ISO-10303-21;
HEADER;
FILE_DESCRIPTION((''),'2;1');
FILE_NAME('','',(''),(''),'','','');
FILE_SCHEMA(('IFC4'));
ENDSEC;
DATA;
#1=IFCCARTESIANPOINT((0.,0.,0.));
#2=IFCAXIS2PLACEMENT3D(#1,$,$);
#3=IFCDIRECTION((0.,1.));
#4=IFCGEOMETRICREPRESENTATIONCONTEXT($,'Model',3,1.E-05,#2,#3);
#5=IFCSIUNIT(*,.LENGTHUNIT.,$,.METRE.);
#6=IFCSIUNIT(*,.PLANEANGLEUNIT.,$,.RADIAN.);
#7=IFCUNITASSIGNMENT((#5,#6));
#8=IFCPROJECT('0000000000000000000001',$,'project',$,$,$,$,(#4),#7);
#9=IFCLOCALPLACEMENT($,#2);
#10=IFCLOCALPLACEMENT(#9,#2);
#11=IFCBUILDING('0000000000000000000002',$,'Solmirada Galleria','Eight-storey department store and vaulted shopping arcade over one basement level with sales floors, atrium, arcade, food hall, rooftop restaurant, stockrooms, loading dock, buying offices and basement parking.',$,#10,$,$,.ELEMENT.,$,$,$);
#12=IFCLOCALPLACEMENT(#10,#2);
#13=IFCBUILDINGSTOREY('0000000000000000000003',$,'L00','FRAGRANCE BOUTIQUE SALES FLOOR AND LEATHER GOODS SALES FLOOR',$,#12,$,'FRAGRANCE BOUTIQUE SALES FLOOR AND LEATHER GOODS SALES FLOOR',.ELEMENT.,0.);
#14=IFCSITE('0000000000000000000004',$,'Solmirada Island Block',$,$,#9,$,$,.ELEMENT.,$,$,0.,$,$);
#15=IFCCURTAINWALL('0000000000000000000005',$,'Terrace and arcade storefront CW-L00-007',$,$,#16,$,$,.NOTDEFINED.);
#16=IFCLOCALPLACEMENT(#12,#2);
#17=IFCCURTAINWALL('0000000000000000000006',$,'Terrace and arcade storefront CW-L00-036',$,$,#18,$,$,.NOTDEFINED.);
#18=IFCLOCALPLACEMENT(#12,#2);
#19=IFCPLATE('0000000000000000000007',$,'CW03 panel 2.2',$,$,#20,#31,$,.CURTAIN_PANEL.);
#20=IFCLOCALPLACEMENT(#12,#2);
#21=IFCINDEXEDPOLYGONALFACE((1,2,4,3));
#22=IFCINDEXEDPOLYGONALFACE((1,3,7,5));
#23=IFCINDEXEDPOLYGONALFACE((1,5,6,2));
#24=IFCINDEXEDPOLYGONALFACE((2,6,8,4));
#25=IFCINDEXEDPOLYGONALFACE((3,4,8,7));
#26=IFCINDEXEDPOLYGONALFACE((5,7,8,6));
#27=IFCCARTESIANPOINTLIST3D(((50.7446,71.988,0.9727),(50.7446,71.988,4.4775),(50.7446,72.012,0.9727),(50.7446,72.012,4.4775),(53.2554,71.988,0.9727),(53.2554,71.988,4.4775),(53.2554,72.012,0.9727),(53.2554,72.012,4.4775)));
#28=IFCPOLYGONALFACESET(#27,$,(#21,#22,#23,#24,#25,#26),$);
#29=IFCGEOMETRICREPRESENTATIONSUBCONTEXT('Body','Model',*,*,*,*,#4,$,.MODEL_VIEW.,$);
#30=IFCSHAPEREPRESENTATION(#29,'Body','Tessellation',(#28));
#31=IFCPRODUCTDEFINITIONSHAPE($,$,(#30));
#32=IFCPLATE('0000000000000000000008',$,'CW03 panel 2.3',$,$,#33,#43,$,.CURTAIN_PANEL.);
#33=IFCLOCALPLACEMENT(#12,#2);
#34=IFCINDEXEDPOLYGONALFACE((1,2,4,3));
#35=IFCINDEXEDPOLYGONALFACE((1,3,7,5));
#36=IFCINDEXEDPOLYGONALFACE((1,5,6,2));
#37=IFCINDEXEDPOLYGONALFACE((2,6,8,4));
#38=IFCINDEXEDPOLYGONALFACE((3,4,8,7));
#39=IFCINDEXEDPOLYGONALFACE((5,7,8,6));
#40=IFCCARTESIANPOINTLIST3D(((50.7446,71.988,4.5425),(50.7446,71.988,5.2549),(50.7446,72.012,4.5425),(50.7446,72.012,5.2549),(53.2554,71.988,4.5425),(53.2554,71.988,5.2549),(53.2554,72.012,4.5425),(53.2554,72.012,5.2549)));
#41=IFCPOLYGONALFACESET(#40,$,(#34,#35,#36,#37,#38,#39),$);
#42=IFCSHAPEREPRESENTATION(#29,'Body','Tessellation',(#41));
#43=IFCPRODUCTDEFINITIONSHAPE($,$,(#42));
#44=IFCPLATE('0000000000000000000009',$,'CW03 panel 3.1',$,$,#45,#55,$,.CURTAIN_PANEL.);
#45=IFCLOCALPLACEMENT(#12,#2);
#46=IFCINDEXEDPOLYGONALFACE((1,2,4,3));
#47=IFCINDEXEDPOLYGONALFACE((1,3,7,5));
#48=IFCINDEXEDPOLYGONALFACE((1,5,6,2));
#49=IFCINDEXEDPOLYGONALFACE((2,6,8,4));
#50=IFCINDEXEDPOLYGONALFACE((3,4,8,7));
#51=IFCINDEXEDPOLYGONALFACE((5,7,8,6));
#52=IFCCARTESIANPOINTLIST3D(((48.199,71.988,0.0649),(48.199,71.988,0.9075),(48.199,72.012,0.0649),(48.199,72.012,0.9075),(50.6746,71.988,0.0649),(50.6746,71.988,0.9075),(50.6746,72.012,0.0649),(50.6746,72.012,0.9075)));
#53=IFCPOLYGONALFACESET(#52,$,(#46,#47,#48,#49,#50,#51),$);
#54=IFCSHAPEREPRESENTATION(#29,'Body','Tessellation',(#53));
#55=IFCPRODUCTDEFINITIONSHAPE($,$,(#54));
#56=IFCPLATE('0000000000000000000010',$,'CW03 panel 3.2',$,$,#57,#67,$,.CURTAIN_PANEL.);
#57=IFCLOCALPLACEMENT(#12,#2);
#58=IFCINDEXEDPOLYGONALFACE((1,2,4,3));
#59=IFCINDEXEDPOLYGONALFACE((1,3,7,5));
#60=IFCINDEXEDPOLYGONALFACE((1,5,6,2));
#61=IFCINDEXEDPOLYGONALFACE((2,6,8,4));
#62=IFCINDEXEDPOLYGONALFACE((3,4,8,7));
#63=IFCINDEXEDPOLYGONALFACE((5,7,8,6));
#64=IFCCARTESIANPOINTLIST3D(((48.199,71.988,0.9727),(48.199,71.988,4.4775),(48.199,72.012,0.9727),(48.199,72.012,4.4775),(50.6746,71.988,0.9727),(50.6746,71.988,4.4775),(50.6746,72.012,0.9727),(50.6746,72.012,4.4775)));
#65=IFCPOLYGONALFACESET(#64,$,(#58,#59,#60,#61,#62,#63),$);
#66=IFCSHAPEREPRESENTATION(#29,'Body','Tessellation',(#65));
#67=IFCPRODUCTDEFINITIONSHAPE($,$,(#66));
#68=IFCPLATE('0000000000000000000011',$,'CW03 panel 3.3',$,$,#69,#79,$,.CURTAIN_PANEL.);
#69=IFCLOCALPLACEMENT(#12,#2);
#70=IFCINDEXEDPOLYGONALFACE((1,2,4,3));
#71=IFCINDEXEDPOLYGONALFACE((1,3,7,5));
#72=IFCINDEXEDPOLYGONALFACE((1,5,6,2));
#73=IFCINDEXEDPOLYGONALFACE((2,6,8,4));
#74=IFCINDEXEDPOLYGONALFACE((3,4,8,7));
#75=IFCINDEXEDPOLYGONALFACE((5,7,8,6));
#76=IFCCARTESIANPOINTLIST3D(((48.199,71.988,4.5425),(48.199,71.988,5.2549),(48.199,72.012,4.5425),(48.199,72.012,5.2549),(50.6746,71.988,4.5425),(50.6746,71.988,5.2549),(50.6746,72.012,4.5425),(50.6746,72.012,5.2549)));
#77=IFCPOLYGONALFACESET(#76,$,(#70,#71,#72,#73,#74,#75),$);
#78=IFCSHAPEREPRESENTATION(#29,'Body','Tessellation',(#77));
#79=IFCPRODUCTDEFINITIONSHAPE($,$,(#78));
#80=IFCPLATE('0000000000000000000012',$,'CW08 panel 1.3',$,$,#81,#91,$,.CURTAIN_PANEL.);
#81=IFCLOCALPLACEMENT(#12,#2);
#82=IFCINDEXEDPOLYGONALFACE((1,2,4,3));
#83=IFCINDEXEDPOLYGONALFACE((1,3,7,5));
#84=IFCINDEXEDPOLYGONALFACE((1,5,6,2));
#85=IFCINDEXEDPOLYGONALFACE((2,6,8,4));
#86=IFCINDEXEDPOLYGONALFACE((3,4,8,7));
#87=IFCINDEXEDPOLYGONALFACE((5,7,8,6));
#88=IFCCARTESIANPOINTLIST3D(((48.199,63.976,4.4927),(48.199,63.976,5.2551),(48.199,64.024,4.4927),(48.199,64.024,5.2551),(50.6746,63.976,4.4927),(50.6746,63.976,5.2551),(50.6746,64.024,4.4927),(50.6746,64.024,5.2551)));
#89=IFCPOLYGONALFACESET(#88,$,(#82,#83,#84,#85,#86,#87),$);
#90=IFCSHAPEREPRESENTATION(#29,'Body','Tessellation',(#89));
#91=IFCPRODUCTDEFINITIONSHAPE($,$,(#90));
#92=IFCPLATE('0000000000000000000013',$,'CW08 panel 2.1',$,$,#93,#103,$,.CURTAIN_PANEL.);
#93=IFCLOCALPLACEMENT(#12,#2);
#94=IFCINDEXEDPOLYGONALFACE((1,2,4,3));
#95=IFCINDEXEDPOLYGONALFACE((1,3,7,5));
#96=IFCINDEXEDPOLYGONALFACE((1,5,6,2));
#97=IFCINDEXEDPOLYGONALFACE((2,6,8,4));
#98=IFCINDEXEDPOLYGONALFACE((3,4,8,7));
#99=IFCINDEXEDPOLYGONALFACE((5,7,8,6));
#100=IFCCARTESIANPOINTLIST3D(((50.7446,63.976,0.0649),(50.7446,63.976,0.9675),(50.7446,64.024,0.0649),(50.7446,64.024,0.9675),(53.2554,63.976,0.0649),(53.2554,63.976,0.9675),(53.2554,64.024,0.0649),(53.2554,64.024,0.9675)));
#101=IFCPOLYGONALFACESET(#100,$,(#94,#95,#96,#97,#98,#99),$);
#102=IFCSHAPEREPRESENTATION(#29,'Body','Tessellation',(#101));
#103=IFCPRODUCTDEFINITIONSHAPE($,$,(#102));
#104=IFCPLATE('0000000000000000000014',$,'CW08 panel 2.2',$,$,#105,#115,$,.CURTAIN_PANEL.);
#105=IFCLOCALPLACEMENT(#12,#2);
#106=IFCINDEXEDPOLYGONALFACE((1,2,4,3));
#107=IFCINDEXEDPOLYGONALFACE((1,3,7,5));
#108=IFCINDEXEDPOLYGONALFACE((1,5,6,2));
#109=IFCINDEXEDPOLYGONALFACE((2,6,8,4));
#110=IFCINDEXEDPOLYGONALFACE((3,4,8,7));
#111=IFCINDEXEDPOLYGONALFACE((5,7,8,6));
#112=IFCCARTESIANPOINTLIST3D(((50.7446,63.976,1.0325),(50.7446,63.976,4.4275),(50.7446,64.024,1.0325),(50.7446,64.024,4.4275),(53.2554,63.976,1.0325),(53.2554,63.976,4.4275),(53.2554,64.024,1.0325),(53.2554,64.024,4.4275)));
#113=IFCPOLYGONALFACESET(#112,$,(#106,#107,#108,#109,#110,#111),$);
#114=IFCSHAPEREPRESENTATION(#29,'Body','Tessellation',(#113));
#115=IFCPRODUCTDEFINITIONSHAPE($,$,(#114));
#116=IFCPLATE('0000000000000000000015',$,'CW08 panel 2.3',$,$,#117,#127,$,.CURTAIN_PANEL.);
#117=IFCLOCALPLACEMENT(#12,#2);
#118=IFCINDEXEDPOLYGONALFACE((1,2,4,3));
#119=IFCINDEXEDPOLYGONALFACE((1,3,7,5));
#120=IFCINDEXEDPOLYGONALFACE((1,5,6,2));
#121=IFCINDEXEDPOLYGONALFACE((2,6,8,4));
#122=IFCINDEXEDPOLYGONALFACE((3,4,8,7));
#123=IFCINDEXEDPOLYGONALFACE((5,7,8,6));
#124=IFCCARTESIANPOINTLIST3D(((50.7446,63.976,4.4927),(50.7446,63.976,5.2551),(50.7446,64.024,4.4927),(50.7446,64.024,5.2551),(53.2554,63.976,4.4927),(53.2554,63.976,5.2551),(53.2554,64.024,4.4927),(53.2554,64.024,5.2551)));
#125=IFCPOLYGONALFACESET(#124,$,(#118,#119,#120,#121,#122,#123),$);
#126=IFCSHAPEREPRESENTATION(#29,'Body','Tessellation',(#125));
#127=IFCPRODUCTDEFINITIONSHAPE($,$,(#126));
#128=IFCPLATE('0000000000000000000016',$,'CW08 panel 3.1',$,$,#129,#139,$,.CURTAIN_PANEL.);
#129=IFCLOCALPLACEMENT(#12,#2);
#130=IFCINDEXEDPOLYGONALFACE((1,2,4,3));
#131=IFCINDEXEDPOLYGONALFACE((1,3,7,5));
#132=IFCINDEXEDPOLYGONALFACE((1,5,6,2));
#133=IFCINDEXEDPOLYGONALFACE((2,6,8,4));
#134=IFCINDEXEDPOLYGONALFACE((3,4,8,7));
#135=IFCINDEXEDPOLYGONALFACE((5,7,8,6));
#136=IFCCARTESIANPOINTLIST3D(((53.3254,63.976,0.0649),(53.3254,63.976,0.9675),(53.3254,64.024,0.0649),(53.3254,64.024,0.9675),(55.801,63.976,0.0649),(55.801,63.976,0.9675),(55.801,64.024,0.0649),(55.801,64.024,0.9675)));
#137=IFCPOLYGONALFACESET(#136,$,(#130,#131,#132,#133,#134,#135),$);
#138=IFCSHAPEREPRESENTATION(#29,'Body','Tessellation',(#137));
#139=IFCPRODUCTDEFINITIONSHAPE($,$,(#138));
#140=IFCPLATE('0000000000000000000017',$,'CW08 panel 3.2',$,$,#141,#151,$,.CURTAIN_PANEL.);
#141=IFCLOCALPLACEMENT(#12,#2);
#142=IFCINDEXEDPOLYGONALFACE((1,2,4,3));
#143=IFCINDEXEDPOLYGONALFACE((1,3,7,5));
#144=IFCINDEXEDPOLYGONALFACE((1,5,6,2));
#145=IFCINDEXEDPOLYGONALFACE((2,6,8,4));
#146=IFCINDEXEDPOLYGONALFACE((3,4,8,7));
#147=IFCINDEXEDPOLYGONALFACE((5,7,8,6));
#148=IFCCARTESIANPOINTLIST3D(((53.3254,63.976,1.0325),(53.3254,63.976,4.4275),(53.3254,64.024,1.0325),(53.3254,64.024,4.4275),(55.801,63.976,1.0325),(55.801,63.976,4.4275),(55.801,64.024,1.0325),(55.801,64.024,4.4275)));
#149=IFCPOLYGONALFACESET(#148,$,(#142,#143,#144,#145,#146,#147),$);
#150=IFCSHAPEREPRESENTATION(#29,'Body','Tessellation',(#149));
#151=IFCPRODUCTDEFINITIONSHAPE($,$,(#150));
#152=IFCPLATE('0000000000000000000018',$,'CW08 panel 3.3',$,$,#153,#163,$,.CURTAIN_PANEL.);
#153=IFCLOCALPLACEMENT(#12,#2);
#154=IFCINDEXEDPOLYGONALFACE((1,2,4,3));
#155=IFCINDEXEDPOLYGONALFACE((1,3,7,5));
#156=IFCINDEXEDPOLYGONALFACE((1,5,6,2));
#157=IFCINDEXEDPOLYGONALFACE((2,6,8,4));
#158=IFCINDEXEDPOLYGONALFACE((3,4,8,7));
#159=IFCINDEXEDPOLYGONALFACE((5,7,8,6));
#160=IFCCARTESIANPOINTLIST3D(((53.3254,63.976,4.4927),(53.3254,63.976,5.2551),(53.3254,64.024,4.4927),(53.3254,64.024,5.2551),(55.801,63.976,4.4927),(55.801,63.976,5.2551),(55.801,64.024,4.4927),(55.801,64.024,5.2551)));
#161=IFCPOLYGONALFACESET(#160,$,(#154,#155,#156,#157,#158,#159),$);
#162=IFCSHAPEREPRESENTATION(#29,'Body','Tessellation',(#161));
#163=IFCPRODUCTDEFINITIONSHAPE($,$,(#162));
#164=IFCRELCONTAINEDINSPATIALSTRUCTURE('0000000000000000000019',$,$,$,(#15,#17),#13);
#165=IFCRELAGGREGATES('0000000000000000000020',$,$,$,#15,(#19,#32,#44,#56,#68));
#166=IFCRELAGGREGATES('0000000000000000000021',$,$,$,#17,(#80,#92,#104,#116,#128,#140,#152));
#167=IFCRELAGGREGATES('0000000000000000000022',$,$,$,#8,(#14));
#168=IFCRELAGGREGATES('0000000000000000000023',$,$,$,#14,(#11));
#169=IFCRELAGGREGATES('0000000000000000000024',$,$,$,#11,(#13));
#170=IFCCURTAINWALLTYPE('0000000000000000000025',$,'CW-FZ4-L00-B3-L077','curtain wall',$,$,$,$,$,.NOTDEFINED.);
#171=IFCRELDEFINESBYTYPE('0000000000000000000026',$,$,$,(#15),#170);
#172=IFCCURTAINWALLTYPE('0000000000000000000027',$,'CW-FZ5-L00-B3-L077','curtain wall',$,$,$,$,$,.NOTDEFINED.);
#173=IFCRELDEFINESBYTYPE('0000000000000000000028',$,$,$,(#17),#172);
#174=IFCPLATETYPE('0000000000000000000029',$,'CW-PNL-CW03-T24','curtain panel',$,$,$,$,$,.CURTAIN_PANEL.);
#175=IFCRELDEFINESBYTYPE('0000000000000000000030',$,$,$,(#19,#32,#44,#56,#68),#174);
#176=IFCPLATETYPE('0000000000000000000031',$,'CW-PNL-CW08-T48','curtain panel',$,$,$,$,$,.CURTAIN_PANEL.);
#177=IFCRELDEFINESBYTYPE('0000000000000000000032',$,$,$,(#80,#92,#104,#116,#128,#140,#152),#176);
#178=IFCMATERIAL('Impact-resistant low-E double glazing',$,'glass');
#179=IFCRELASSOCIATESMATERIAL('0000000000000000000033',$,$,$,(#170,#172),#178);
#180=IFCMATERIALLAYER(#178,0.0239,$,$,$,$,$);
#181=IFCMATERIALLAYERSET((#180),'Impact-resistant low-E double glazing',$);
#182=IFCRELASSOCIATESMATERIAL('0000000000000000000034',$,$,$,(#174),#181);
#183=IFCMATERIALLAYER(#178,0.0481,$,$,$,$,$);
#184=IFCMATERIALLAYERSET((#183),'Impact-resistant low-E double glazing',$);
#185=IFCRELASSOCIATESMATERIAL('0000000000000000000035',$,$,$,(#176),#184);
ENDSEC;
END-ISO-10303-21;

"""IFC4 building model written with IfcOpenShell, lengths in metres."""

from ifc_helpers import new_model, si_unit, direction, frame, origin, origin_2d, place, context, subcontext, project, spatial, rectangle, extrude, material, layer, layer_set, type_object, element, aggregate, save


model = new_model("IFC4")

# Units and contexts
model_context = context("Model", 3, precision=1e-05, world=origin(), true_north=direction((0.0, 1.0)))
body_context = subcontext(model_context, "Body", "Model", "MODEL_VIEW")
ifc_project = project(units=[si_unit("LENGTHUNIT", "METRE"), si_unit("PLANEANGLEUNIT", "RADIAN")], contexts=[model_context])

# Site, building, storey
site_placement = place(None, origin())
site = spatial("IfcSite", under=ifc_project, at=site_placement, Name="Solmirada Island Block", CompositionType="ELEMENT", RefElevation=0.0)
building_placement = place(site_placement, origin())
building = spatial("IfcBuilding", under=site, at=building_placement, Name="Solmirada Galleria", Description="Eight-storey department store and vaulted shopping arcade over one basement level with sales floors, atrium, arcade, food hall, rooftop restaurant, stockrooms, loading dock, buying offices and basement parking.", CompositionType="ELEMENT")
storey_placement = place(building_placement, origin())
storey = spatial("IfcBuildingStorey", under=building, at=storey_placement, Name="L00", Description="FRAGRANCE BOUTIQUE SALES FLOOR AND LEATHER GOODS SALES FLOOR", LongName="FRAGRANCE BOUTIQUE SALES FLOOR AND LEATHER GOODS SALES FLOOR", CompositionType="ELEMENT", Elevation=0.0)

# Curtain walls
ifc_material_1 = material(Name="Impact-resistant low-E double glazing", Category="glass")
curtain_wall_type_1 = type_object("IfcCurtainWallType", Name="CW-FZ4-L00-B3-L077", Description="curtain wall", PredefinedType="NOTDEFINED", material=ifc_material_1)
curtain_wall_1_placement = place(storey_placement, origin())
curtain_wall_1 = element("IfcCurtainWall", 1, at=curtain_wall_1_placement, inside=storey, type_object=curtain_wall_type_1, Name="Terrace and arcade storefront CW-L00-007", PredefinedType="NOTDEFINED")
curtain_wall_type_2 = type_object("IfcCurtainWallType", Name="CW-FZ5-L00-B3-L077", Description="curtain wall", PredefinedType="NOTDEFINED", material=ifc_material_1)
curtain_wall_2_placement = place(storey_placement, origin())
curtain_wall_2 = element("IfcCurtainWall", 2, at=curtain_wall_2_placement, inside=storey, type_object=curtain_wall_type_2, Name="Terrace and arcade storefront CW-L00-036", PredefinedType="NOTDEFINED")

# Plates
ifc_layer_1 = layer(ifc_material_1, 0.0239)
ifc_layer_set_1 = layer_set([ifc_layer_1], Name="Impact-resistant low-E double glazing")
plate_type_1 = type_object("IfcPlateType", Name="CW-PNL-CW03-T24", Description="curtain panel", PredefinedType="CURTAIN_PANEL", material=ifc_layer_set_1)
plate_1_placement = place(storey_placement, frame((52.0, 72.0, 0.9727), z_axis=(0.0, 0.0, 1.0), x_axis=(-1.0, 0.0, 0.0)))
plate_1 = element("IfcPlate", 3, at=plate_1_placement, type_object=plate_type_1, Name="CW03 panel 2.2", PredefinedType="CURTAIN_PANEL", context=body_context, shape_type="SweptSolid", body=[
    extrude(rectangle(XDim=2.5107, YDim=0.0239, at=origin_2d()), origin(), (0.0, 0.0, 1.0), 3.5049),
])
plate_2_placement = place(storey_placement, frame((52.0, 72.0, 4.5425), z_axis=(0.0, 0.0, 1.0), x_axis=(-1.0, 0.0, 0.0)))
plate_2 = element("IfcPlate", 4, at=plate_2_placement, type_object=plate_type_1, Name="CW03 panel 2.3", PredefinedType="CURTAIN_PANEL", context=body_context, shape_type="SweptSolid", body=[
    extrude(rectangle(XDim=2.5107, YDim=0.0239, at=origin_2d()), origin(), (0.0, 0.0, 1.0), 0.7124),
])
plate_3_placement = place(storey_placement, frame((49.4368, 72.0, 0.0649), z_axis=(0.0, 0.0, 1.0), x_axis=(-1.0, 0.0, 0.0)))
plate_3 = element("IfcPlate", 5, at=plate_3_placement, type_object=plate_type_1, Name="CW03 panel 3.1", PredefinedType="CURTAIN_PANEL", context=body_context, shape_type="SweptSolid", body=[
    extrude(rectangle(XDim=2.4756, YDim=0.0239, at=origin_2d()), origin(), (0.0, 0.0, 1.0), 0.8425),
])
plate_4_placement = place(storey_placement, frame((49.4368, 72.0, 0.9727), z_axis=(0.0, 0.0, 1.0), x_axis=(-1.0, 0.0, 0.0)))
plate_4 = element("IfcPlate", 6, at=plate_4_placement, type_object=plate_type_1, Name="CW03 panel 3.2", PredefinedType="CURTAIN_PANEL", context=body_context, shape_type="SweptSolid", body=[
    extrude(rectangle(XDim=2.4756, YDim=0.0239, at=origin_2d()), origin(), (0.0, 0.0, 1.0), 3.5049),
])
plate_5_placement = place(storey_placement, frame((49.4368, 72.0, 4.5425), z_axis=(0.0, 0.0, 1.0), x_axis=(-1.0, 0.0, 0.0)))
plate_5 = element("IfcPlate", 7, at=plate_5_placement, type_object=plate_type_1, Name="CW03 panel 3.3", PredefinedType="CURTAIN_PANEL", context=body_context, shape_type="SweptSolid", body=[
    extrude(rectangle(XDim=2.4756, YDim=0.0239, at=origin_2d()), origin(), (0.0, 0.0, 1.0), 0.7124),
])
aggregate(curtain_wall_1, [plate_1, plate_2, plate_3, plate_4, plate_5])
ifc_layer_2 = layer(ifc_material_1, 0.0481)
ifc_layer_set_2 = layer_set([ifc_layer_2], Name="Impact-resistant low-E double glazing")
plate_type_2 = type_object("IfcPlateType", Name="CW-PNL-CW08-T48", Description="curtain panel", PredefinedType="CURTAIN_PANEL", material=ifc_layer_set_2)
plate_6_placement = place(storey_placement, frame((49.4368, 64.0, 4.4927), z_axis=(0.0, 0.0, 1.0), x_axis=(1.0, 0.0, 0.0)))
plate_6 = element("IfcPlate", 8, at=plate_6_placement, type_object=plate_type_2, Name="CW08 panel 1.3", PredefinedType="CURTAIN_PANEL", context=body_context, shape_type="SweptSolid", body=[
    extrude(rectangle(XDim=2.4756, YDim=0.0481, at=origin_2d()), origin(), (0.0, 0.0, 1.0), 0.7625),
])
plate_7_placement = place(storey_placement, frame((52.0, 64.0, 0.0649), z_axis=(0.0, 0.0, 1.0), x_axis=(1.0, 0.0, 0.0)))
plate_7 = element("IfcPlate", 9, at=plate_7_placement, type_object=plate_type_2, Name="CW08 panel 2.1", PredefinedType="CURTAIN_PANEL", context=body_context, shape_type="SweptSolid", body=[
    extrude(rectangle(XDim=2.5107, YDim=0.0481, at=origin_2d()), origin(), (0.0, 0.0, 1.0), 0.9026),
])
plate_8_placement = place(storey_placement, frame((52.0, 64.0, 1.0325), z_axis=(0.0, 0.0, 1.0), x_axis=(1.0, 0.0, 0.0)))
plate_8 = element("IfcPlate", 10, at=plate_8_placement, type_object=plate_type_2, Name="CW08 panel 2.2", PredefinedType="CURTAIN_PANEL", context=body_context, shape_type="SweptSolid", body=[
    extrude(rectangle(XDim=2.5107, YDim=0.0481, at=origin_2d()), origin(), (0.0, 0.0, 1.0), 3.395),
])
plate_9_placement = place(storey_placement, frame((52.0, 64.0, 4.4927), z_axis=(0.0, 0.0, 1.0), x_axis=(1.0, 0.0, 0.0)))
plate_9 = element("IfcPlate", 11, at=plate_9_placement, type_object=plate_type_2, Name="CW08 panel 2.3", PredefinedType="CURTAIN_PANEL", context=body_context, shape_type="SweptSolid", body=[
    extrude(rectangle(XDim=2.5107, YDim=0.0481, at=origin_2d()), origin(), (0.0, 0.0, 1.0), 0.7625),
])
plate_10_placement = place(storey_placement, frame((54.5632, 64.0, 0.0649), z_axis=(0.0, 0.0, 1.0), x_axis=(1.0, 0.0, 0.0)))
plate_10 = element("IfcPlate", 12, at=plate_10_placement, type_object=plate_type_2, Name="CW08 panel 3.1", PredefinedType="CURTAIN_PANEL", context=body_context, shape_type="SweptSolid", body=[
    extrude(rectangle(XDim=2.4756, YDim=0.0481, at=origin_2d()), origin(), (0.0, 0.0, 1.0), 0.9026),
])
plate_11_placement = place(storey_placement, frame((54.5632, 64.0, 1.0325), z_axis=(0.0, 0.0, 1.0), x_axis=(1.0, 0.0, 0.0)))
plate_11 = element("IfcPlate", 13, at=plate_11_placement, type_object=plate_type_2, Name="CW08 panel 3.2", PredefinedType="CURTAIN_PANEL", context=body_context, shape_type="SweptSolid", body=[
    extrude(rectangle(XDim=2.4756, YDim=0.0481, at=origin_2d()), origin(), (0.0, 0.0, 1.0), 3.395),
])
plate_12_placement = place(storey_placement, frame((54.5632, 64.0, 4.4927), z_axis=(0.0, 0.0, 1.0), x_axis=(1.0, 0.0, 0.0)))
plate_12 = element("IfcPlate", 14, at=plate_12_placement, type_object=plate_type_2, Name="CW08 panel 3.3", PredefinedType="CURTAIN_PANEL", context=body_context, shape_type="SweptSolid", body=[
    extrude(rectangle(XDim=2.4756, YDim=0.0481, at=origin_2d()), origin(), (0.0, 0.0, 1.0), 0.7625),
])
aggregate(curtain_wall_2, [plate_6, plate_7, plate_8, plate_9, plate_10, plate_11, plate_12])

save(model, "model.ifc")
